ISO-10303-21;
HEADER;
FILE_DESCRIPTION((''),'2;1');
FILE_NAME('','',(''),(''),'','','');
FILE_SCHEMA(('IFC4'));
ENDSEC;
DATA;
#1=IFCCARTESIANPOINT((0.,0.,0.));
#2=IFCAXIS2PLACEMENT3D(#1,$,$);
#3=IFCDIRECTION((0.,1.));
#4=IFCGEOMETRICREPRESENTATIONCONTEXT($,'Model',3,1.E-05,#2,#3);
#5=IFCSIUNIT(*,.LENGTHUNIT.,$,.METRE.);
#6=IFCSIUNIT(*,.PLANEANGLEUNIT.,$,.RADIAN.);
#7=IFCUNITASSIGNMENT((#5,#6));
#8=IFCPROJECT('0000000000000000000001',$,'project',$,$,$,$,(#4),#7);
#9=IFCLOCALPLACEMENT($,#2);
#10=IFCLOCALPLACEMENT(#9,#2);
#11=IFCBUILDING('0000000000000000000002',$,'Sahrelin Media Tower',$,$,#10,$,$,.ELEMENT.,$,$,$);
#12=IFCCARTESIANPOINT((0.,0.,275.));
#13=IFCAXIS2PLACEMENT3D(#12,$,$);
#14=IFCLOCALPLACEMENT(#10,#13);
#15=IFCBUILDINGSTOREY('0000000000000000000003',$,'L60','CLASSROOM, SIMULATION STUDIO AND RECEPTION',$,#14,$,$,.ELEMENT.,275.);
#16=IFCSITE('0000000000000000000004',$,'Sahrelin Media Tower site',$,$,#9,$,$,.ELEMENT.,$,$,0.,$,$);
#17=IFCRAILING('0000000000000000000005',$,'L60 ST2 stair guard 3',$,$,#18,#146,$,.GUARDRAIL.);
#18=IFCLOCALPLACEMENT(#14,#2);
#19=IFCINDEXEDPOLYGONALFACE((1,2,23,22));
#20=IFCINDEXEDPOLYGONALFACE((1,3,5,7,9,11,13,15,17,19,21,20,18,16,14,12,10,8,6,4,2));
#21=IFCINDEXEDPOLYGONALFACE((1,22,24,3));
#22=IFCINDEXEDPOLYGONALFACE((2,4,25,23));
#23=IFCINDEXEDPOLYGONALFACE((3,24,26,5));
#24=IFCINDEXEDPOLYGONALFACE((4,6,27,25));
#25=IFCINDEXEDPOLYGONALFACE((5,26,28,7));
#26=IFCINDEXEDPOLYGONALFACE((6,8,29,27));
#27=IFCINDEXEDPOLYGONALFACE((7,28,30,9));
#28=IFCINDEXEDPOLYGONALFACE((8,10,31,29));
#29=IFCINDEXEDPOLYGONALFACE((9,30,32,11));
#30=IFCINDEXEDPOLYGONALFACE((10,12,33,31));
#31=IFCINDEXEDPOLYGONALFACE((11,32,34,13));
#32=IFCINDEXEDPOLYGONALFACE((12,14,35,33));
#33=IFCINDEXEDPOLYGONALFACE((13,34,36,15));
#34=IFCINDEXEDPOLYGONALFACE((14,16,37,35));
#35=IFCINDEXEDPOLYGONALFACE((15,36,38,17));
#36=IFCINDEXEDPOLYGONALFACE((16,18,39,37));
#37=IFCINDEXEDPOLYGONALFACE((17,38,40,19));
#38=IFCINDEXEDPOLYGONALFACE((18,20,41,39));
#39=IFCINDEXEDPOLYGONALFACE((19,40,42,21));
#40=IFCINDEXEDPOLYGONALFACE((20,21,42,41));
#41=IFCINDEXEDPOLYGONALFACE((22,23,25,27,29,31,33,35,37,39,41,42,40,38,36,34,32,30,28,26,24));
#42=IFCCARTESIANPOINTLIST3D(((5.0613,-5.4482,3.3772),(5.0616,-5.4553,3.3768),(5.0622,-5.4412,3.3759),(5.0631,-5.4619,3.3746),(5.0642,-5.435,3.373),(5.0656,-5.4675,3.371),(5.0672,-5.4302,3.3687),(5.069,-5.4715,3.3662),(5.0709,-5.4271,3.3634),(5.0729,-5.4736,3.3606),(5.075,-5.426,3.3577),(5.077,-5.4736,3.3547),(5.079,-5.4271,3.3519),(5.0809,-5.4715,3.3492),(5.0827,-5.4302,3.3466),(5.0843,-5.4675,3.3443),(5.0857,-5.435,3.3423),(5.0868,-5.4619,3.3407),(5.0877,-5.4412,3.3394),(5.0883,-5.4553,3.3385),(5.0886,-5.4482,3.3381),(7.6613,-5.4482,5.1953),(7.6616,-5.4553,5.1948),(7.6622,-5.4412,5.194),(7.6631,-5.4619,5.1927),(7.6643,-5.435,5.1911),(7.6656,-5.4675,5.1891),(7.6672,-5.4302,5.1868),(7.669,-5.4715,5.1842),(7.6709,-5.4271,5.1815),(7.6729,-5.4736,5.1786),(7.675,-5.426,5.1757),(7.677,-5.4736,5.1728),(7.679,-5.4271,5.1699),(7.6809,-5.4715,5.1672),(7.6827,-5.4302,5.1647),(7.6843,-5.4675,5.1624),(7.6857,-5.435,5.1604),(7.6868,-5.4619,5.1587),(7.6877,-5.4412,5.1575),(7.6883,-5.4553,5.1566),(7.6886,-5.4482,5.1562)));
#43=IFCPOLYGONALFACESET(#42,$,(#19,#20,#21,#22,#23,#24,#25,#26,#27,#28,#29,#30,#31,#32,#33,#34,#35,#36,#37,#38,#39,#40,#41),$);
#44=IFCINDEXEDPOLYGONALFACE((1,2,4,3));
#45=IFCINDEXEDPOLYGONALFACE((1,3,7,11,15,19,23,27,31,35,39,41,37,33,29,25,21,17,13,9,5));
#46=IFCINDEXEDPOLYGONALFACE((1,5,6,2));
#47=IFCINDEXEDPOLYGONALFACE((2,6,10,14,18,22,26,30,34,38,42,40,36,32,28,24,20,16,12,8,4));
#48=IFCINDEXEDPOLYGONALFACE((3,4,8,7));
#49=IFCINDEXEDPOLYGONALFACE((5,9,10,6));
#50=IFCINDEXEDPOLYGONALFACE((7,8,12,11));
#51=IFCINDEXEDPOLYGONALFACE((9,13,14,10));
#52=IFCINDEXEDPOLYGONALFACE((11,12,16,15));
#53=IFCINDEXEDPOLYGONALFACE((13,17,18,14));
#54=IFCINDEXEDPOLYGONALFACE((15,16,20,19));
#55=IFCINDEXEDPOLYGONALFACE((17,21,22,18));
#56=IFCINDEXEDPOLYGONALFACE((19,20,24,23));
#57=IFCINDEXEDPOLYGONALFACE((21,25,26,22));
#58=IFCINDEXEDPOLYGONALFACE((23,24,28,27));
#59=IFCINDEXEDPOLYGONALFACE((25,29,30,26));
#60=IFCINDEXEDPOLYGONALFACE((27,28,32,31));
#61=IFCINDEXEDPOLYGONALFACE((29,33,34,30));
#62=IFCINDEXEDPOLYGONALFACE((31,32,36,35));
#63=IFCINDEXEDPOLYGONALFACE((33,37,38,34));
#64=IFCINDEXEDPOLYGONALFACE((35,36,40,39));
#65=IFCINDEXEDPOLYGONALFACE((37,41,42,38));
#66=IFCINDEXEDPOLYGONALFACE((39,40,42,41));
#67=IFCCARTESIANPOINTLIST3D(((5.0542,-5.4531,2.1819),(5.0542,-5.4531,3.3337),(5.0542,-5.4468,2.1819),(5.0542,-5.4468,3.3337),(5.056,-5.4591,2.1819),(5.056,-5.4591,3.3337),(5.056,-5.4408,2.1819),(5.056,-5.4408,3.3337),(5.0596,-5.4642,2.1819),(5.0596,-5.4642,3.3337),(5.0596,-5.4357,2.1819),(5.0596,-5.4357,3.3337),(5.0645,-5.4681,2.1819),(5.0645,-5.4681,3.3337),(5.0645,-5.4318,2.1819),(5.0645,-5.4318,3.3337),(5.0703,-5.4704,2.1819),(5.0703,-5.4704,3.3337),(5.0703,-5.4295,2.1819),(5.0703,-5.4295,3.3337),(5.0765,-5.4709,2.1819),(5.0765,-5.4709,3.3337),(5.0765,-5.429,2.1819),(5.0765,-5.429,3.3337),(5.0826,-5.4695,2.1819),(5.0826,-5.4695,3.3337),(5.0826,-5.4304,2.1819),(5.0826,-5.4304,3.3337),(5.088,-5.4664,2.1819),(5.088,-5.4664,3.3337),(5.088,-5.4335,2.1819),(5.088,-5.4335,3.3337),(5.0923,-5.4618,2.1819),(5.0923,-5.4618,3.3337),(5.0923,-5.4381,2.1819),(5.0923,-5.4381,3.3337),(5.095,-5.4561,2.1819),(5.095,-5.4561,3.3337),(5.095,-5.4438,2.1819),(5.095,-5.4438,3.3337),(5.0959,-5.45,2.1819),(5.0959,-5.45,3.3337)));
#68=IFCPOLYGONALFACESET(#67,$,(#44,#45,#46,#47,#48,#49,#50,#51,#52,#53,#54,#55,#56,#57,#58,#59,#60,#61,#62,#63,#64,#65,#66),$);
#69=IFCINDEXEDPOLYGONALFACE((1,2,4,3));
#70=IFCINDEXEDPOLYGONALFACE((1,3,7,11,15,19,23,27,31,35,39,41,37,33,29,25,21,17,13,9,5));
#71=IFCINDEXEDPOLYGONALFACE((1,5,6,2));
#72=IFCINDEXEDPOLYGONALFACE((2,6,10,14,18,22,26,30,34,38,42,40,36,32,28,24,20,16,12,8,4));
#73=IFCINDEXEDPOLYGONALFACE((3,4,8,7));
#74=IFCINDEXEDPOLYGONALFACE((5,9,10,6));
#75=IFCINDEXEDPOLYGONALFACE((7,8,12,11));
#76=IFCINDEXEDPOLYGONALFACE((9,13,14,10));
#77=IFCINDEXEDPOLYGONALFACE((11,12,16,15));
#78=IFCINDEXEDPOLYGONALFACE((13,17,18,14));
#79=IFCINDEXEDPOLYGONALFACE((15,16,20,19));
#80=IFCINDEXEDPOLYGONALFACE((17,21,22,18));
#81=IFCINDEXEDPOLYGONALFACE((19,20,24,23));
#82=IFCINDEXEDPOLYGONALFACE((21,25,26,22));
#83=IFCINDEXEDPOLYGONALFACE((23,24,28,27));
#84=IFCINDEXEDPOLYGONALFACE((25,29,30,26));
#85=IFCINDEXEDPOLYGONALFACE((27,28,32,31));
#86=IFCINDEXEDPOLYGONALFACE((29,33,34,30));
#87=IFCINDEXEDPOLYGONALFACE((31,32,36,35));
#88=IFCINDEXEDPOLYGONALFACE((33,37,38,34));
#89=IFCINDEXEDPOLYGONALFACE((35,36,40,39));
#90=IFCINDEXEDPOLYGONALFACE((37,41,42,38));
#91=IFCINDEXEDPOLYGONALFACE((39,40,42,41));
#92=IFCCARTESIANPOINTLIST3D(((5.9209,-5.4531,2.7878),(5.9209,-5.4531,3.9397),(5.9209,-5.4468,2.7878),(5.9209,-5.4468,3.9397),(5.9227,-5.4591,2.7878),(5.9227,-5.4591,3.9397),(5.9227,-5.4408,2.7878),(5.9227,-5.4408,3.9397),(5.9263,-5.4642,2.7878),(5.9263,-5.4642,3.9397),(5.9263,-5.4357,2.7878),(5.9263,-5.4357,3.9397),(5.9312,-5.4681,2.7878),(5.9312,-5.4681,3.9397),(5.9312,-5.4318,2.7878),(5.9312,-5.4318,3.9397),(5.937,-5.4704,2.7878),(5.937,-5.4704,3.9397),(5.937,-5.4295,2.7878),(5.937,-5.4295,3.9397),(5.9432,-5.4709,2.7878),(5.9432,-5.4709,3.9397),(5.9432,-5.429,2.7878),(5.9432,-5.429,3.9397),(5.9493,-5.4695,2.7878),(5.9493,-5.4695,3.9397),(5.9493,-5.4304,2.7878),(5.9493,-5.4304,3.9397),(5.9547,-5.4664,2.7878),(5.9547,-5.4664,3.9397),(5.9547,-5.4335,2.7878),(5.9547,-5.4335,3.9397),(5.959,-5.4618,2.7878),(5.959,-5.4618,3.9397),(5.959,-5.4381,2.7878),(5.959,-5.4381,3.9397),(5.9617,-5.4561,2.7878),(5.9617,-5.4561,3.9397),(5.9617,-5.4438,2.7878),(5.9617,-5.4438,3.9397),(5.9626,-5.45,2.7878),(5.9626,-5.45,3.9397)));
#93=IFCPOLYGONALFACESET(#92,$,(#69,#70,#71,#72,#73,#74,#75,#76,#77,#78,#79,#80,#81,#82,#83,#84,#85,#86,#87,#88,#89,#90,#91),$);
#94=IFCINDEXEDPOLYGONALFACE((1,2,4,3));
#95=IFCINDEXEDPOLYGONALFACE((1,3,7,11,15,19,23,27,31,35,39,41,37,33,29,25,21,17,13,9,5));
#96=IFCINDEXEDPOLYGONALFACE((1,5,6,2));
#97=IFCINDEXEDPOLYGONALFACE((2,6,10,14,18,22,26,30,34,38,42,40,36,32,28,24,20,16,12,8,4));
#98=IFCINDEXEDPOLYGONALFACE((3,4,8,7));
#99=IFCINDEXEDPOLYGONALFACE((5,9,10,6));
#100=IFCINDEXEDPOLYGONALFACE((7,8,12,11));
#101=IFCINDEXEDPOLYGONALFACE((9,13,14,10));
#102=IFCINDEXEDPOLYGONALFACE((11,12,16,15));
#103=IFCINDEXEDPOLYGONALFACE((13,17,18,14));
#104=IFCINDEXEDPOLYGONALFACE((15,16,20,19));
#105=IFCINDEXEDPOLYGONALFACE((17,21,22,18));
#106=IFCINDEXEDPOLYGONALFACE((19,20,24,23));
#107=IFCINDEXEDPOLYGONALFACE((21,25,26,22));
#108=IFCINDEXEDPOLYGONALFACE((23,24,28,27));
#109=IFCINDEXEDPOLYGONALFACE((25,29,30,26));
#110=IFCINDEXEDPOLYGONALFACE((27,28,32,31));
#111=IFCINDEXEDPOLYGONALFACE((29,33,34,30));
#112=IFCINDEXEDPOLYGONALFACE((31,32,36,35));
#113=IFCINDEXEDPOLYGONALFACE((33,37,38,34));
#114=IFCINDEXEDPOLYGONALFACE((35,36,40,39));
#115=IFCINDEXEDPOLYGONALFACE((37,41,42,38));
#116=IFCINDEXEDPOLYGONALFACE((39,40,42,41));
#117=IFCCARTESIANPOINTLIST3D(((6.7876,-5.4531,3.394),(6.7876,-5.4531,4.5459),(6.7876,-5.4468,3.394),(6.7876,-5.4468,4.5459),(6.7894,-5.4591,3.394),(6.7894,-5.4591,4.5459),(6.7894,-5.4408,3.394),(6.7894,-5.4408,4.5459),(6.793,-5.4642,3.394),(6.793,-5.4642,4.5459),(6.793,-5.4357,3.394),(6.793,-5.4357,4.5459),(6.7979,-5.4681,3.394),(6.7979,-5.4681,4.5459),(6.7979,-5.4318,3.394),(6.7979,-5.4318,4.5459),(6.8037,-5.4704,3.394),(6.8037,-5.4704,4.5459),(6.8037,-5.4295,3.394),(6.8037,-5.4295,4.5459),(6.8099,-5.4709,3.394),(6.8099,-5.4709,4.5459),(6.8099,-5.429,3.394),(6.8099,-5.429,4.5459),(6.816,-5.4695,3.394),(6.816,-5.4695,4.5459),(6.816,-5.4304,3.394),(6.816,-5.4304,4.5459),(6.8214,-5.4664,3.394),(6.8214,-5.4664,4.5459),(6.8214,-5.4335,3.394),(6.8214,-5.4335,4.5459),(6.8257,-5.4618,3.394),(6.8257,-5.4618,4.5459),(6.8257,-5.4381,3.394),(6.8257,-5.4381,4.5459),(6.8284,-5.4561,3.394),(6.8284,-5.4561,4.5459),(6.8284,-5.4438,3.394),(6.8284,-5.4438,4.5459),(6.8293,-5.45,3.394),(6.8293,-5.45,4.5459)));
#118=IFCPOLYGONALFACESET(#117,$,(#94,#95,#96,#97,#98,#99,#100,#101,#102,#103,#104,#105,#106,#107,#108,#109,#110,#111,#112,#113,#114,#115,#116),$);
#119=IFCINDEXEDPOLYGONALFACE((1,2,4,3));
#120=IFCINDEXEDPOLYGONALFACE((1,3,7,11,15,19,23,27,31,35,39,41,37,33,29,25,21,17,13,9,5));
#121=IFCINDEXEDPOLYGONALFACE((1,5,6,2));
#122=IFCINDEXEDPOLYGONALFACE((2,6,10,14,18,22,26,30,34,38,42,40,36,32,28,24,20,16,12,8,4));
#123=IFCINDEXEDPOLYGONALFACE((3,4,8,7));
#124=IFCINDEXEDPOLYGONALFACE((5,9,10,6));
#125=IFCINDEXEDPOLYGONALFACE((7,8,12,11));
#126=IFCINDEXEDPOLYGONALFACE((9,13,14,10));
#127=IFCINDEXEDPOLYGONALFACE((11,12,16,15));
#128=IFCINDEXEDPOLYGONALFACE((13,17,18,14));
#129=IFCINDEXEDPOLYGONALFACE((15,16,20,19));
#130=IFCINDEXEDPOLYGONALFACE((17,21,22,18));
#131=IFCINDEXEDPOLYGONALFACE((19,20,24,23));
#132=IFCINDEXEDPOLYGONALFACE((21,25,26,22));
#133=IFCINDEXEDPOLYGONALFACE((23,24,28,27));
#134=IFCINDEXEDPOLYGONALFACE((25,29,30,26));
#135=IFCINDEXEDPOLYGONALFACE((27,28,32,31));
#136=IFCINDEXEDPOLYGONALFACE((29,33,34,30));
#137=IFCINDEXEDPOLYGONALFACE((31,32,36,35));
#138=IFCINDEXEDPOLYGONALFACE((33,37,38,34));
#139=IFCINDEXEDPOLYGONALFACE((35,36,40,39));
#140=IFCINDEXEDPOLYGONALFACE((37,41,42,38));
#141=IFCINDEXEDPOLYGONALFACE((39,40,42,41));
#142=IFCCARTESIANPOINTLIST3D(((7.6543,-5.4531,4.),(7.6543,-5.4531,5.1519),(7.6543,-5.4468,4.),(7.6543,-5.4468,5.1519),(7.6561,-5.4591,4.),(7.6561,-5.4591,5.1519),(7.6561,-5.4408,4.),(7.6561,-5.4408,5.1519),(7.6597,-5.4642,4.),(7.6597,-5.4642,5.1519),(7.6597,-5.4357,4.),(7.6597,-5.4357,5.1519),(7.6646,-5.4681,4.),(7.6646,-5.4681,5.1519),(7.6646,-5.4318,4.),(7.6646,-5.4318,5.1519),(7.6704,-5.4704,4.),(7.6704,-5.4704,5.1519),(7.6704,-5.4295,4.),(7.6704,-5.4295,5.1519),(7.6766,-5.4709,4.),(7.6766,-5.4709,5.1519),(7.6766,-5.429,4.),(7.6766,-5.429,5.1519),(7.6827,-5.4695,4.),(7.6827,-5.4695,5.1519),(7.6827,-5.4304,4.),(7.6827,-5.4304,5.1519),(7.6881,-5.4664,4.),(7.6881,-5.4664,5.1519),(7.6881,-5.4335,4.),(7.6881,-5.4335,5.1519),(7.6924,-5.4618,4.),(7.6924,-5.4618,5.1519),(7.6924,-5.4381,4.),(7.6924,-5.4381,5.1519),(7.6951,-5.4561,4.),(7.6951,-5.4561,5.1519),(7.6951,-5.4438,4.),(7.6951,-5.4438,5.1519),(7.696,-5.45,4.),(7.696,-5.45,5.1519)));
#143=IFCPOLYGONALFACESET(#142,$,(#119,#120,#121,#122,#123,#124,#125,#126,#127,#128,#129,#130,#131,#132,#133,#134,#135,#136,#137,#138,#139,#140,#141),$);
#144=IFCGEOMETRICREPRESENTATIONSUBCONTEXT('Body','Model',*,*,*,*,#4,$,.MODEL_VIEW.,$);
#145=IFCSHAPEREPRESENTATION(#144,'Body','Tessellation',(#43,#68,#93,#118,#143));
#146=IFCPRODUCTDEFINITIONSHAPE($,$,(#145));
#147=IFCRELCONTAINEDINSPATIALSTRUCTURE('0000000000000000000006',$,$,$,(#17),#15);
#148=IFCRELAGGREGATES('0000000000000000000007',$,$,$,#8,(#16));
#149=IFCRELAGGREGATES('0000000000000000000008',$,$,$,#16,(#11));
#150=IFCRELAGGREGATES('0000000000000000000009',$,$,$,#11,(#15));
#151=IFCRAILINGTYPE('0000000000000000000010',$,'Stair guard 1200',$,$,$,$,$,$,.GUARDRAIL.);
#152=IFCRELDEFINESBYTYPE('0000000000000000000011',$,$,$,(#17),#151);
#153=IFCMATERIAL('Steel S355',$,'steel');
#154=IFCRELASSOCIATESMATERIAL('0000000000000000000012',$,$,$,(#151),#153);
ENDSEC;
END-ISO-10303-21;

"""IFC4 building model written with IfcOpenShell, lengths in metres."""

from ifc_helpers import new_model, si_unit, direction, frame, origin, origin_2d, place, context, subcontext, project, spatial, circle, extrude, material, type_object, element, save


model = new_model("IFC4")

# Units and contexts
model_context = context("Model", 3, precision=1e-05, world=origin(), true_north=direction((0.0, 1.0)))
body_context = subcontext(model_context, "Body", "Model", "MODEL_VIEW")
ifc_project = project(units=[si_unit("LENGTHUNIT", "METRE"), si_unit("PLANEANGLEUNIT", "RADIAN")], contexts=[model_context])

# Site, building, storey
site_placement = place(None, origin())
site = spatial("IfcSite", under=ifc_project, at=site_placement, Name="Sahrelin Media Tower site", CompositionType="ELEMENT", RefElevation=0.0)
building_placement = place(site_placement, origin())
building = spatial("IfcBuilding", under=site, at=building_placement, Name="Sahrelin Media Tower", CompositionType="ELEMENT")
storey_placement = place(building_placement, frame((0.0, 0.0, 275.0)))
storey = spatial("IfcBuildingStorey", under=building, at=storey_placement, Name="L60", Description="CLASSROOM, SIMULATION STUDIO AND RECEPTION", CompositionType="ELEMENT", Elevation=275.0)

# Shared definitions
ifc_material_1 = material(Name="Steel S355", Category="steel")

# Railing
railing_type_1 = type_object("IfcRailingType", Name="Stair guard 1200", PredefinedType="GUARDRAIL", material=ifc_material_1)
railing_1_placement = place(storey_placement, frame((5.075, -5.45, 2.1819)))
element("IfcRailing", 1, at=railing_1_placement, inside=storey, type_object=railing_type_1, Name="L60 ST2 stair guard 3", PredefinedType="GUARDRAIL", context=body_context, shape_type="SweptSolid", body=[
    extrude(circle(Radius=0.0239, at=origin_2d()), frame((0.0, 0.0, 1.1758), z_axis=(0.819521, 0.0, 0.573049), x_axis=(0.0, 1.0, 0.0)), (0.0, 0.0, 1.0), 3.1726),
    extrude(circle(Radius=0.021, at=origin_2d()), origin(), (0.0, 0.0, 1.0), 1.1519),
    extrude(circle(Radius=0.021, at=origin_2d()), frame((0.8667, 0.0, 0.606)), (0.0, 0.0, 1.0), 1.1519),
    extrude(circle(Radius=0.021, at=origin_2d()), frame((1.7334, 0.0, 1.2122)), (0.0, 0.0, 1.0), 1.1519),
    extrude(circle(Radius=0.021, at=origin_2d()), frame((2.6001, 0.0, 1.8181)), (0.0, 0.0, 1.0), 1.1519),
])

save(model, "model.ifc")
